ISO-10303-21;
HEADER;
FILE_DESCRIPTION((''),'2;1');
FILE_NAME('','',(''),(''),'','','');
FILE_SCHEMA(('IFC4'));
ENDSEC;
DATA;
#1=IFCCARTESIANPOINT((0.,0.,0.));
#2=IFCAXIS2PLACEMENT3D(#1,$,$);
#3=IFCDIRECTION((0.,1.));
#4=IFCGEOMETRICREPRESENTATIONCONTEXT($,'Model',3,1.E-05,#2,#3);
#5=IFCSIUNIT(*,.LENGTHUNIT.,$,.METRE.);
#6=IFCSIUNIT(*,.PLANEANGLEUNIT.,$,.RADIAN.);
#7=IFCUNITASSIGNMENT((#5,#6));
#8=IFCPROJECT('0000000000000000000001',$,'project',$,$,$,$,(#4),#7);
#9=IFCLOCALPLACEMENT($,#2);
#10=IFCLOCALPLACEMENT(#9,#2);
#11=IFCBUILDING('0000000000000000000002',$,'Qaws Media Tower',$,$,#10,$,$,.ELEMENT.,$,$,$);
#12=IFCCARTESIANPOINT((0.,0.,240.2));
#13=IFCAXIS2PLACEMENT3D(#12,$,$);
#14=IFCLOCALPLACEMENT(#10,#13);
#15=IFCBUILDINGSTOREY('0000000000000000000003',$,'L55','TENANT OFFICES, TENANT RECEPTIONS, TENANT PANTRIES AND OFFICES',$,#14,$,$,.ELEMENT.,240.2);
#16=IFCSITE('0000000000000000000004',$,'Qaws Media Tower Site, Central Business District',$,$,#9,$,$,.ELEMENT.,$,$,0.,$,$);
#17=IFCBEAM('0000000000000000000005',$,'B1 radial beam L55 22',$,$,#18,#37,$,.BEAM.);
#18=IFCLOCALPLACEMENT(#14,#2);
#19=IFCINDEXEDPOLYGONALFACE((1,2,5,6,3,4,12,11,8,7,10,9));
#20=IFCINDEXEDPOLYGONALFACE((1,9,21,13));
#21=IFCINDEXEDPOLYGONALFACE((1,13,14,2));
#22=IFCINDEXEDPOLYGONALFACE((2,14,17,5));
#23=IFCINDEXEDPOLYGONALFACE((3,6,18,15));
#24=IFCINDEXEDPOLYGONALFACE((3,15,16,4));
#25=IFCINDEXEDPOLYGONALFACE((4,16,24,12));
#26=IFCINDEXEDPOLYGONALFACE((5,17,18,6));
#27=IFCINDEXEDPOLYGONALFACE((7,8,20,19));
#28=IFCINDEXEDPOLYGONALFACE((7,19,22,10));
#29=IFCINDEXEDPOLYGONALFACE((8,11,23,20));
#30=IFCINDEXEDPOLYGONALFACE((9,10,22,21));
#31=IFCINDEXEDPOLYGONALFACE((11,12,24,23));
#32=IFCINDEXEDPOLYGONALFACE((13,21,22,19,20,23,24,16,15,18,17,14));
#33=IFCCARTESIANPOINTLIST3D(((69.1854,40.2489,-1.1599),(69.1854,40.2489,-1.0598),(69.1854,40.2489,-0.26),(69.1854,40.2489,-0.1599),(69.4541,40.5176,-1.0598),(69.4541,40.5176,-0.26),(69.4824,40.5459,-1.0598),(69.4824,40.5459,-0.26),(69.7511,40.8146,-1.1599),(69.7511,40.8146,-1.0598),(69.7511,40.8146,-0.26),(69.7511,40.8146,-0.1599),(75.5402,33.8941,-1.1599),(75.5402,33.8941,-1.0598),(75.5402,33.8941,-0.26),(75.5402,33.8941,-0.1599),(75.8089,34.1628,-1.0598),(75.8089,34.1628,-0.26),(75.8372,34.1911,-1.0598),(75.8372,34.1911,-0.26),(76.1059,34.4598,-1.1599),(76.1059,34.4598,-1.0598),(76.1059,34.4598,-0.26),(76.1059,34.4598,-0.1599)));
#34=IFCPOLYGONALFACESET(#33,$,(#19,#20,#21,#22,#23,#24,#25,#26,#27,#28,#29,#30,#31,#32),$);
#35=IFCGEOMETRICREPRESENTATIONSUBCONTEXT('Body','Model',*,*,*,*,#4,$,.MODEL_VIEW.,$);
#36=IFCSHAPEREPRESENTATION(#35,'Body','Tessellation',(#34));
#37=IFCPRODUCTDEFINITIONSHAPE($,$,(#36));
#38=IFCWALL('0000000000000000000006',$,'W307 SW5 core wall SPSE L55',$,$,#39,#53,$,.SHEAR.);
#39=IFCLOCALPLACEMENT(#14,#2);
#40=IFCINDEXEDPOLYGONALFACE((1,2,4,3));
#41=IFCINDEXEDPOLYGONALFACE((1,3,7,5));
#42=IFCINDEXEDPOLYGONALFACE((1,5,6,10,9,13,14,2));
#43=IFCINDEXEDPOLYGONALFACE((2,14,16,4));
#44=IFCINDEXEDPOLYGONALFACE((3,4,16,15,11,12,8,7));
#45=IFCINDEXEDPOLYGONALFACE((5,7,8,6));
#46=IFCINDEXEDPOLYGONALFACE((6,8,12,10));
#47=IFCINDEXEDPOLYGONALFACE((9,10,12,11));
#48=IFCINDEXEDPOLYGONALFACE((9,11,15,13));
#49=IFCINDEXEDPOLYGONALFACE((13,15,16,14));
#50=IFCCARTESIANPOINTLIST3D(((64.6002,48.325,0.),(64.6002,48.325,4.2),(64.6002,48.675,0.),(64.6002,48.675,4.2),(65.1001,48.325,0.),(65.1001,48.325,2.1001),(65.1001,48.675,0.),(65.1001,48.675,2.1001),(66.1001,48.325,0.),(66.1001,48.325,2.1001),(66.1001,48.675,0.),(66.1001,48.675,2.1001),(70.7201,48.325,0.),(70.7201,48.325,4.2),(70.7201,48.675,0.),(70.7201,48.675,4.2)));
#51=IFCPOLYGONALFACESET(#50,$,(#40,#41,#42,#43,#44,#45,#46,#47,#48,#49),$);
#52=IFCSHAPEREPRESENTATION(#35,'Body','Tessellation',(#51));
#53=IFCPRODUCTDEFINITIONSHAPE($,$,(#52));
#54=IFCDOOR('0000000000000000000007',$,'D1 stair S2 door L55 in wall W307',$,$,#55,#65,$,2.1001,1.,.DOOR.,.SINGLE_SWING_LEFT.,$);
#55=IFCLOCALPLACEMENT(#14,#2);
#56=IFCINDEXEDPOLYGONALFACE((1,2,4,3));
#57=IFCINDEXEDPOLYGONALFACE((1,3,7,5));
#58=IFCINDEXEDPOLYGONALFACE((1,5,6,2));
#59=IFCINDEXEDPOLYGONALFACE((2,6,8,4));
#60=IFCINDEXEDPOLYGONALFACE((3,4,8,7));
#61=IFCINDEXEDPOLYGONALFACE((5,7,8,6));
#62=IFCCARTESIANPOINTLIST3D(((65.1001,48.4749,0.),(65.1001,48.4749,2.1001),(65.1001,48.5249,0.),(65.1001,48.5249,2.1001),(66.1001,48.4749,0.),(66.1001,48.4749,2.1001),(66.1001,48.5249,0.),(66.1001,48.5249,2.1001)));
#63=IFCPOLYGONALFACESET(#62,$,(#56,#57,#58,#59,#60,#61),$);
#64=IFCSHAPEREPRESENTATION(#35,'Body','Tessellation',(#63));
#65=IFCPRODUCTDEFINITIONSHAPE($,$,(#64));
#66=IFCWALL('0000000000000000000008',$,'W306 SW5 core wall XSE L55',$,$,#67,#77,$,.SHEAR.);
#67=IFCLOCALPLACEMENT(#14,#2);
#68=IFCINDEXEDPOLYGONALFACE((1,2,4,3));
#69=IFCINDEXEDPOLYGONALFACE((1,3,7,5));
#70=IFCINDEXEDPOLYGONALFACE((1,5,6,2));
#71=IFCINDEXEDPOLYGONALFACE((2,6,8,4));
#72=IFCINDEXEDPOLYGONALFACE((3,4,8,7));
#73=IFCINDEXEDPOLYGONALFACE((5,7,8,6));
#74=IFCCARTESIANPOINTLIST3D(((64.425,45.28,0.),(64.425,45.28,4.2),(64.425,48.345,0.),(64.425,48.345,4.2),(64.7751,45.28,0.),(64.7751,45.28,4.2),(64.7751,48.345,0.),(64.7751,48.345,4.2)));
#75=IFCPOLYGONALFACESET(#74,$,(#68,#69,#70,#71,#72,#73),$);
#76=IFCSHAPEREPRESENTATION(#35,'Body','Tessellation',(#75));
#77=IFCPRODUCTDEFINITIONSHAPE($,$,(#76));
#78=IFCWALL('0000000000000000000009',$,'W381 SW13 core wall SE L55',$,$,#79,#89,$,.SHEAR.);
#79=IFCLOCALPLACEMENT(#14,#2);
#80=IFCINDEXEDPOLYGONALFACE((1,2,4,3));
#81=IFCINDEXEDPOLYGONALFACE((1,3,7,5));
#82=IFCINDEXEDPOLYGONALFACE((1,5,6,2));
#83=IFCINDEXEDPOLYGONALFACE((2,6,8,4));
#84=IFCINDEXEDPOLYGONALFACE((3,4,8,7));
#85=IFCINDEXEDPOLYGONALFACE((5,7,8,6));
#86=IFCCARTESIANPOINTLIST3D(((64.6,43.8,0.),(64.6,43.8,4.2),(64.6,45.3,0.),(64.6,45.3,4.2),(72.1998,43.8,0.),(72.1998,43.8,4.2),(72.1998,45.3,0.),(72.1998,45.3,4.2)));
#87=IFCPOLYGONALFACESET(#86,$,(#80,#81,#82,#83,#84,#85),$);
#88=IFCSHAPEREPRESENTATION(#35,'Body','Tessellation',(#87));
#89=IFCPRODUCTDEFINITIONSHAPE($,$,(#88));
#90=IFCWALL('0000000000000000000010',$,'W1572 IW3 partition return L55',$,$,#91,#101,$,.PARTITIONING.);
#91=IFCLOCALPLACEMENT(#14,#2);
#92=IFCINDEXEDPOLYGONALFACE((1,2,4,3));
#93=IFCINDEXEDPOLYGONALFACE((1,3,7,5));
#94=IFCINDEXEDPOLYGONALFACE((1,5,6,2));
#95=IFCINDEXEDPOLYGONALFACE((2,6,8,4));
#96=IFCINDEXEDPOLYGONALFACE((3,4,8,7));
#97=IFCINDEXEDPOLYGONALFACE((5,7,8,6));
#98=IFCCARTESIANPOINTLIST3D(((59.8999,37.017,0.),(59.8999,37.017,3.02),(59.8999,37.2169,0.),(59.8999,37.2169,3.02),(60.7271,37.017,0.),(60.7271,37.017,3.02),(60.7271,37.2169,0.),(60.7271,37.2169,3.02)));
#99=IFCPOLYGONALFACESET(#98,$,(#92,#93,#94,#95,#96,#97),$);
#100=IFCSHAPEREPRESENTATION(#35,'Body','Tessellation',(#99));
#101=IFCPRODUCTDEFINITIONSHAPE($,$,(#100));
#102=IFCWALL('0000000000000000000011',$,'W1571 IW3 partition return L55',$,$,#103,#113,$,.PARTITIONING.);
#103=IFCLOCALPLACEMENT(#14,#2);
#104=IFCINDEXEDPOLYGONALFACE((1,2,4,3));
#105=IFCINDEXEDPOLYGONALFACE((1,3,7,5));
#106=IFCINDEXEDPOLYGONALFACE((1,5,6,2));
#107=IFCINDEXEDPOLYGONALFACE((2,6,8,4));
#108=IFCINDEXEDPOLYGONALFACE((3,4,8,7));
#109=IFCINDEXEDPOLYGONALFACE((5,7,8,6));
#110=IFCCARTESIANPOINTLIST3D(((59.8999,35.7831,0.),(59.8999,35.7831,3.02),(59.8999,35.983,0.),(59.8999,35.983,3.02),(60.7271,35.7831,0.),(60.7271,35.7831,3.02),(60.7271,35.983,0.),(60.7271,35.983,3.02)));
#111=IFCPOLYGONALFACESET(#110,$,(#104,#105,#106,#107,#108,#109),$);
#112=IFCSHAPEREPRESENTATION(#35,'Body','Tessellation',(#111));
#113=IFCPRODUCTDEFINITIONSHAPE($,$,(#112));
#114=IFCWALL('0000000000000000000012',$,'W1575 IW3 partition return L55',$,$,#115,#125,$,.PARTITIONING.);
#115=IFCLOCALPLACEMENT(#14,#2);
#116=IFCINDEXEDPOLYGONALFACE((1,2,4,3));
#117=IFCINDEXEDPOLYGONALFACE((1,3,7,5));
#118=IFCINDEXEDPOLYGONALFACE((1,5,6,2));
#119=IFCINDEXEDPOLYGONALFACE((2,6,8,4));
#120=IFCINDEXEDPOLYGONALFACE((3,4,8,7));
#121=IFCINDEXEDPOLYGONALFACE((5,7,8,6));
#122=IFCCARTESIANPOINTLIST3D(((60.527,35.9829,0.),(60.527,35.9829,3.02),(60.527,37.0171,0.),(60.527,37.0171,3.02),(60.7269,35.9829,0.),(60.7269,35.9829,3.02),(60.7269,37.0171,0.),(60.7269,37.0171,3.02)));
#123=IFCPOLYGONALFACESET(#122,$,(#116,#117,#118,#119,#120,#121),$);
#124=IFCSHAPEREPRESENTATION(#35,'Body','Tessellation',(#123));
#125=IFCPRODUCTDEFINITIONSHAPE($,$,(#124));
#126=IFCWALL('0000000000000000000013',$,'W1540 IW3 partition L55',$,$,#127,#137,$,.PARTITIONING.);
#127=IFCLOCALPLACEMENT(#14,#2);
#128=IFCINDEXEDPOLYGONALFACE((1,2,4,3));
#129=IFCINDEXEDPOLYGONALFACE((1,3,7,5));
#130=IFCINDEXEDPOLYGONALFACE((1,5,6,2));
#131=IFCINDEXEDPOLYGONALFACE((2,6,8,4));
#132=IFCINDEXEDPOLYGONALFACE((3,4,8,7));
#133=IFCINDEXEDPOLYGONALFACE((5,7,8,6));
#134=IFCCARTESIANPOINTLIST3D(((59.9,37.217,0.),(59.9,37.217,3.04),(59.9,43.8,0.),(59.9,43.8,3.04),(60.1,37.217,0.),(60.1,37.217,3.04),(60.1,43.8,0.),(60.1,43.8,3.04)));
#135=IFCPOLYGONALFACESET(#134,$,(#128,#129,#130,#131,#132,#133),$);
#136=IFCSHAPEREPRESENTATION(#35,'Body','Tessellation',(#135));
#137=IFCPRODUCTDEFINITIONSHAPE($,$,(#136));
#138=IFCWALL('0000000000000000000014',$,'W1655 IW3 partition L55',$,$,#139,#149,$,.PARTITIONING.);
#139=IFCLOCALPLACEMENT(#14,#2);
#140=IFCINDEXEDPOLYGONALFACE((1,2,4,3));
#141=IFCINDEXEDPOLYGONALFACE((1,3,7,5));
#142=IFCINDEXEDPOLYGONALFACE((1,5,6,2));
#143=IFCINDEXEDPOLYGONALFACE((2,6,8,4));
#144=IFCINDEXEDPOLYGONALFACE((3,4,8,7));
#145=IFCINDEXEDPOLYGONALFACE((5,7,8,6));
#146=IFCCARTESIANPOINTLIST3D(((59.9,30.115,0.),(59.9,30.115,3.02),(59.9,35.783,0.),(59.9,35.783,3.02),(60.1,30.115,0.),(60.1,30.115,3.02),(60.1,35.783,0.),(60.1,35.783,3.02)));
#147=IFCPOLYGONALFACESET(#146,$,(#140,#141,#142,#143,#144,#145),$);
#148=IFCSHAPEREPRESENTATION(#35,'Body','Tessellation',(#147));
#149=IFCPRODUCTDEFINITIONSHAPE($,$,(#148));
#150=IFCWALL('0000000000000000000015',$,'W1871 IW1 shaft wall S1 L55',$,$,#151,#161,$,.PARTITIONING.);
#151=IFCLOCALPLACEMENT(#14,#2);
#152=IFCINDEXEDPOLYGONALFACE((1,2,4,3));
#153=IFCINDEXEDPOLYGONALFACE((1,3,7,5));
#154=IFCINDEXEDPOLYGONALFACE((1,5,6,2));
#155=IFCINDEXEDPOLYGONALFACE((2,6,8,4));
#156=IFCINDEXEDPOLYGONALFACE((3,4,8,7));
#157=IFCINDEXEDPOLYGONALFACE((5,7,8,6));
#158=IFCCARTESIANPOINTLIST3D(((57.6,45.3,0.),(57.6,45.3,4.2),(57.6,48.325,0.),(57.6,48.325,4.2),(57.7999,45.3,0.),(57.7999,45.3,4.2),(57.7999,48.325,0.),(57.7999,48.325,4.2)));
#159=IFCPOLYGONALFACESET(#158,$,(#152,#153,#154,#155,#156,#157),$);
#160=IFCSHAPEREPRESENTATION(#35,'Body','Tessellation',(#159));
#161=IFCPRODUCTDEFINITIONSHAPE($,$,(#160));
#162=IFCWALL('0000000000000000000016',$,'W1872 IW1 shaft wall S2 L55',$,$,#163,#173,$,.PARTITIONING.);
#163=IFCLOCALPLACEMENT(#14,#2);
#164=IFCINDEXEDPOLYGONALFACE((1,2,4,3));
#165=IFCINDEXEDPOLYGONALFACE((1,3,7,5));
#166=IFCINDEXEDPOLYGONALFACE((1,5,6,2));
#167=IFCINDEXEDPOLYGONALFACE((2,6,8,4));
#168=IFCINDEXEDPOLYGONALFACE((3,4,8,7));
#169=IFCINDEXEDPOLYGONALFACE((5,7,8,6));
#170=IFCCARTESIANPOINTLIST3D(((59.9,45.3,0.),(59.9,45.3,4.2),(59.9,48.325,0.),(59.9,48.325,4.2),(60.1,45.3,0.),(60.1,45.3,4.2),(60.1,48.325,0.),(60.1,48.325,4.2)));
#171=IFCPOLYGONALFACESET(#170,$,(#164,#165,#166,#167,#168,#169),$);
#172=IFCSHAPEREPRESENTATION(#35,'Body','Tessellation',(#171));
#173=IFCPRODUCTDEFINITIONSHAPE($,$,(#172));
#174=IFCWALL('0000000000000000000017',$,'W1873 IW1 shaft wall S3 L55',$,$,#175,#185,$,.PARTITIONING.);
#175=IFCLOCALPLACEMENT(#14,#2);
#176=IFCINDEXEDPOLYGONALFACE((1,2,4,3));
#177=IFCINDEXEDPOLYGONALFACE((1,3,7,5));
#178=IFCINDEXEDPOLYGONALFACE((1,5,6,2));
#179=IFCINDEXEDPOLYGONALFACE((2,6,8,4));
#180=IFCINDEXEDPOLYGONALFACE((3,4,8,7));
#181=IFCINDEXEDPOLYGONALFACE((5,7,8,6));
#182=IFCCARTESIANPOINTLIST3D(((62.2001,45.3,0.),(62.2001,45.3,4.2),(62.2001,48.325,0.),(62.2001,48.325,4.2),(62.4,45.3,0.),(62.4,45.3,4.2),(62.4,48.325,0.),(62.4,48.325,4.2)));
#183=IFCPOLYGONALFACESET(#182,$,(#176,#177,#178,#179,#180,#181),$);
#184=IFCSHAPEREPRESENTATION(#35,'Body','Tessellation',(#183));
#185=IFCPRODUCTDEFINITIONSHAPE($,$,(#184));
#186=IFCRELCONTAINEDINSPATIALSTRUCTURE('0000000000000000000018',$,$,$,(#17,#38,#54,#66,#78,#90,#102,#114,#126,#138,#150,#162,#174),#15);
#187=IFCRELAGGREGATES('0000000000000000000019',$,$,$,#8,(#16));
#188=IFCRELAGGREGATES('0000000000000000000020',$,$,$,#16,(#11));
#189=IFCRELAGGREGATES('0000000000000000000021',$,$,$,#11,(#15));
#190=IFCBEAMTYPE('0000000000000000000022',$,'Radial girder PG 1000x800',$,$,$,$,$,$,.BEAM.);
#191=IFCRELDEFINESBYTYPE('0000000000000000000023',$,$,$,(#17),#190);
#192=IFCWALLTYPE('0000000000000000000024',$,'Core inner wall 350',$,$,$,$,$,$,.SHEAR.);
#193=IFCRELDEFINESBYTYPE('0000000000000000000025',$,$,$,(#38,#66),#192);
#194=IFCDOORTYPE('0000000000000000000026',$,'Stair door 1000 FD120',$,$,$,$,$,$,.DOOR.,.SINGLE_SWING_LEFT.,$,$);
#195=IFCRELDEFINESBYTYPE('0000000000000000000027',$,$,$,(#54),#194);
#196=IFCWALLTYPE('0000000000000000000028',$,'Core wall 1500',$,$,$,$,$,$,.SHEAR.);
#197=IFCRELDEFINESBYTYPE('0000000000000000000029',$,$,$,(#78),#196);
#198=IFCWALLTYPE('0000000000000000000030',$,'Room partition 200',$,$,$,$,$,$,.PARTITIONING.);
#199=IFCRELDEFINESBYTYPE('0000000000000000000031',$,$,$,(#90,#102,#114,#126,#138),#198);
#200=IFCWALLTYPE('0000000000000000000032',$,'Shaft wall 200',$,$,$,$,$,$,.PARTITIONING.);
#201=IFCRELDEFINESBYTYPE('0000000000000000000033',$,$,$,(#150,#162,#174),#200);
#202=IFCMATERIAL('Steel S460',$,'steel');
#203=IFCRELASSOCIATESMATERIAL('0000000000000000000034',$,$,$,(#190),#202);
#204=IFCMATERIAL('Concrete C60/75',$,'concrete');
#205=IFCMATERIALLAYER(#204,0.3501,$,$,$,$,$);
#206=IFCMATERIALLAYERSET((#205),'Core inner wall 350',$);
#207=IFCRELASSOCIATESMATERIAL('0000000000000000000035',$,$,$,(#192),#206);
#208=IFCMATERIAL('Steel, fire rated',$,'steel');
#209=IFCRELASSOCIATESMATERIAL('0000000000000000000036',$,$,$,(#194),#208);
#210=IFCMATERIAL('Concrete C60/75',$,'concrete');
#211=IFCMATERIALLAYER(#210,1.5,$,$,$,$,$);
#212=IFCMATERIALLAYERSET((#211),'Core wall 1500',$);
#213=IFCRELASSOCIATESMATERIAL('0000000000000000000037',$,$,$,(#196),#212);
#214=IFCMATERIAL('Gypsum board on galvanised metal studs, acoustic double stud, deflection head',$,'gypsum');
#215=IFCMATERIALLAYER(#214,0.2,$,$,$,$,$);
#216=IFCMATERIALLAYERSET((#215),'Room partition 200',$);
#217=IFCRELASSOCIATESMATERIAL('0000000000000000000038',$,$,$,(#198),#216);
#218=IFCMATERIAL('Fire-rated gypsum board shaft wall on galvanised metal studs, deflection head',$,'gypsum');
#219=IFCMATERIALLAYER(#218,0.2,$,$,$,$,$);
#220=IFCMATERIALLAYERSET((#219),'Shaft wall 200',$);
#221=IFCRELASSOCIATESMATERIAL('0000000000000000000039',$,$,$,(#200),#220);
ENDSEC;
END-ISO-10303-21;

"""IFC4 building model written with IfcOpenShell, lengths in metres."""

from ifc_helpers import new_model, si_unit, direction, frame, frame_2d, origin, origin_2d, place, context, subcontext, project, spatial, rectangle, i_section, extrude, material, layer, layer_set, material_profile, profile_set, type_object, element, fill, save


model = new_model("IFC4")

# Units and contexts
model_context = context("Model", 3, precision=1e-05, world=origin(), true_north=direction((0.0, 1.0)))
body_context = subcontext(model_context, "Body", "Model", "MODEL_VIEW")
ifc_project = project(units=[si_unit("LENGTHUNIT", "METRE"), si_unit("PLANEANGLEUNIT", "RADIAN")], contexts=[model_context])

# Site, building, storey
site_placement = place(None, origin())
site = spatial("IfcSite", under=ifc_project, at=site_placement, Name="Qaws Media Tower Site, Central Business District", CompositionType="ELEMENT", RefElevation=0.0)
building_placement = place(site_placement, origin())
building = spatial("IfcBuilding", under=site, at=building_placement, Name="Qaws Media Tower", CompositionType="ELEMENT")
storey_placement = place(building_placement, frame((0.0, 0.0, 240.2)))
storey = spatial("IfcBuildingStorey", under=building, at=storey_placement, Name="L55", Description="TENANT OFFICES, TENANT RECEPTIONS, TENANT PANTRIES AND OFFICES", CompositionType="ELEMENT", Elevation=240.2)

# Beam
ifc_material_1 = material(Name="Steel S460", Category="steel")
ifc_material_profile_1 = material_profile(ifc_material_1, i_section(OverallWidth=0.8, OverallDepth=1.0, WebThickness=0.04, FlangeThickness=0.1001, at=origin_2d()), Name="PG 1000x800")
ifc_profile_set_1 = profile_set([ifc_material_profile_1], Name="Steel S460")
beam_type_1 = type_object("IfcBeamType", Name="Radial girder PG 1000x800", PredefinedType="BEAM", material=ifc_profile_set_1)
beam_1_placement = place(storey_placement, frame((69.4683, 40.5317, -0.6599), z_axis=(0.707107, -0.707107, 0.0), x_axis=(0.707107, 0.707107, 0.0)))
element("IfcBeam", 1, at=beam_1_placement, inside=storey, type_object=beam_type_1, Name="B1 radial beam L55 22", PredefinedType="BEAM", context=body_context, shape_type="SweptSolid", body=[
    extrude(i_section(OverallWidth=0.8, OverallDepth=1.0, WebThickness=0.04, FlangeThickness=0.1001, at=origin_2d()), origin(), (0.0, 0.0, 1.0), 8.9871),
])

# Wall, opening, door
ifc_material_2 = material(Name="Concrete C60/75", Category="concrete")
ifc_layer_1 = layer(ifc_material_2, 0.3501)
ifc_layer_set_1 = layer_set([ifc_layer_1], Name="Core inner wall 350")
wall_type_1 = type_object("IfcWallType", Name="Core inner wall 350", PredefinedType="SHEAR", material=ifc_layer_set_1)
wall_1_placement = place(storey_placement, frame((64.6001, 48.5, 0.0), z_axis=(0.0, 0.0, 1.0), x_axis=(1.0, 0.0, 0.0)))
wall_1 = element("IfcWall", 2, at=wall_1_placement, inside=storey, type_object=wall_type_1, Name="W307 SW5 core wall SPSE L55", PredefinedType="SHEAR", context=body_context, shape_type="SweptSolid", body=[
    extrude(rectangle(XDim=6.1199, YDim=0.3501, at=frame_2d((3.0601, 0.0))), origin(), (0.0, 0.0, 1.0), 4.2),
])
opening_placement = place(wall_1_placement, frame((0.5, 0.0, 0.0)))
opening = element("IfcOpeningElement", 3, at=opening_placement, cuts=wall_1, PredefinedType="OPENING", context=body_context, shape_type="SweptSolid", body=[
    extrude(rectangle(XDim=1.0, YDim=2.1001, at=frame_2d((0.5, 1.05))), frame((0.0, 0.1851, 0.0), z_axis=(0.0, -1.0, 0.0), x_axis=(1.0, 0.0, 0.0)), (0.0, 0.0, 1.0), 0.3701),
])
ifc_material_3 = material(Name="Steel, fire rated", Category="steel")
door_type = type_object("IfcDoorType", Name="Stair door 1000 FD120", OperationType="SINGLE_SWING_LEFT", PredefinedType="DOOR", material=ifc_material_3)
door_placement = place(opening_placement, origin())
door = element("IfcDoor", 4, at=door_placement, inside=storey, type_object=door_type, Name="D1 stair S2 door L55 in wall W307", OperationType="SINGLE_SWING_LEFT", OverallHeight=2.1001, OverallWidth=1.0, PredefinedType="DOOR", context=body_context, shape_type="SweptSolid", body=[
    extrude(rectangle(XDim=1.0, YDim=2.1001, at=frame_2d((0.5, 1.05))), frame((0.0, 0.0249, 0.0), z_axis=(0.0, -1.0, 0.0), x_axis=(1.0, 0.0, 0.0)), (0.0, 0.0, 1.0), 0.05),
])
fill(opening, door)

# Walls
wall_2_placement = place(storey_placement, frame((64.6001, 48.345, 0.0), z_axis=(0.0, 0.0, 1.0), x_axis=(0.0, -1.0, 0.0)))
element("IfcWall", 5, at=wall_2_placement, inside=storey, type_object=wall_type_1, Name="W306 SW5 core wall XSE L55", PredefinedType="SHEAR", context=body_context, shape_type="SweptSolid", body=[
    extrude(rectangle(XDim=3.0649, YDim=0.3501, at=frame_2d((1.5325, 0.0))), origin(), (0.0, 0.0, 1.0), 4.2),
])
ifc_material_4 = material(Name="Concrete C60/75", Category="concrete")
ifc_layer_2 = layer(ifc_material_4, 1.5)
ifc_layer_set_2 = layer_set([ifc_layer_2], Name="Core wall 1500")
wall_type_2 = type_object("IfcWallType", Name="Core wall 1500", PredefinedType="SHEAR", material=ifc_layer_set_2)
wall_3_placement = place(storey_placement, frame((64.6001, 44.55, 0.0), z_axis=(0.0, 0.0, 1.0), x_axis=(1.0, 0.0, 0.0)))
element("IfcWall", 6, at=wall_3_placement, inside=storey, type_object=wall_type_2, Name="W381 SW13 core wall SE L55", PredefinedType="SHEAR", context=body_context, shape_type="SweptSolid", body=[
    extrude(rectangle(XDim=7.5999, YDim=1.5, at=frame_2d((3.7998, 0.0))), origin(), (0.0, 0.0, 1.0), 4.2),
])
ifc_material_5 = material(Name="Gypsum board on galvanised metal studs, acoustic double stud, deflection head", Category="gypsum")
ifc_layer_3 = layer(ifc_material_5, 0.2)
ifc_layer_set_3 = layer_set([ifc_layer_3], Name="Room partition 200")
wall_type_3 = type_object("IfcWallType", Name="Room partition 200", PredefinedType="PARTITIONING", material=ifc_layer_set_3)
for number, where, z_axis, x_axis, name in (
    (7, (59.8999, 37.1169, 0.0), (0.0, 0.0, 1.0), (1.0, 0.0, 0.0), "W1572 IW3 partition return L55"),
    (8, (59.8999, 35.8831, 0.0), (0.0, 0.0, 1.0), (1.0, 0.0, 0.0), "W1571 IW3 partition return L55"),
):
    element("IfcWall", number, at=place(storey_placement, frame(where, z_axis=z_axis, x_axis=x_axis)), inside=storey, type_object=wall_type_3, Name=name, PredefinedType="PARTITIONING", context=body_context, shape_type="SweptSolid", body=[
        extrude(rectangle(XDim=0.8271, YDim=0.2, at=frame_2d((0.4136, 0.0))), origin(), (0.0, 0.0, 1.0), 3.02),
    ])
wall_4_placement = place(storey_placement, frame((60.627, 37.0171, 0.0), z_axis=(0.0, 0.0, 1.0), x_axis=(0.0, -1.0, 0.0)))
element("IfcWall", 9, at=wall_4_placement, inside=storey, type_object=wall_type_3, Name="W1575 IW3 partition return L55", PredefinedType="PARTITIONING", context=body_context, shape_type="SweptSolid", body=[
    extrude(rectangle(XDim=1.0342, YDim=0.2, at=frame_2d((0.5171, 0.0))), origin(), (0.0, 0.0, 1.0), 3.02),
])
wall_5_placement = place(storey_placement, frame((60.0, 43.8, 0.0), z_axis=(0.0, 0.0, 1.0), x_axis=(0.0, -1.0, 0.0)))
element("IfcWall", 10, at=wall_5_placement, inside=storey, type_object=wall_type_3, Name="W1540 IW3 partition L55", PredefinedType="PARTITIONING", context=body_context, shape_type="SweptSolid", body=[
    extrude(rectangle(XDim=6.583, YDim=0.2, at=frame_2d((3.2915, 0.0))), origin(), (0.0, 0.0, 1.0), 3.04),
])
wall_6_placement = place(storey_placement, frame((60.0, 35.783, 0.0), z_axis=(0.0, 0.0, 1.0), x_axis=(0.0, -1.0, 0.0)))
element("IfcWall", 11, at=wall_6_placement, inside=storey, type_object=wall_type_3, Name="W1655 IW3 partition L55", PredefinedType="PARTITIONING", context=body_context, shape_type="SweptSolid", body=[
    extrude(rectangle(XDim=5.668, YDim=0.2, at=frame_2d((2.834, 0.0))), origin(), (0.0, 0.0, 1.0), 3.02),
])
ifc_material_6 = material(Name="Fire-rated gypsum board shaft wall on galvanised metal studs, deflection head", Category="gypsum")
ifc_layer_4 = layer(ifc_material_6, 0.2)
ifc_layer_set_4 = layer_set([ifc_layer_4], Name="Shaft wall 200")
wall_type_4 = type_object("IfcWallType", Name="Shaft wall 200", PredefinedType="PARTITIONING", material=ifc_layer_set_4)
for number, where, z_axis, x_axis, name in (
    (12, (57.7, 45.3, 0.0), (0.0, 0.0, 1.0), (0.0, 1.0, 0.0), "W1871 IW1 shaft wall S1 L55"),
    (13, (60.0, 45.3, 0.0), (0.0, 0.0, 1.0), (0.0, 1.0, 0.0), "W1872 IW1 shaft wall S2 L55"),
    (14, (62.3, 45.3, 0.0), (0.0, 0.0, 1.0), (0.0, 1.0, 0.0), "W1873 IW1 shaft wall S3 L55"),
):
    element("IfcWall", number, at=place(storey_placement, frame(where, z_axis=z_axis, x_axis=x_axis)), inside=storey, type_object=wall_type_4, Name=name, PredefinedType="PARTITIONING", context=body_context, shape_type="SweptSolid", body=[
        extrude(rectangle(XDim=3.0249, YDim=0.2, at=frame_2d((1.5125, 0.0))), origin(), (0.0, 0.0, 1.0), 4.2),
    ])

save(model, "model.ifc")
